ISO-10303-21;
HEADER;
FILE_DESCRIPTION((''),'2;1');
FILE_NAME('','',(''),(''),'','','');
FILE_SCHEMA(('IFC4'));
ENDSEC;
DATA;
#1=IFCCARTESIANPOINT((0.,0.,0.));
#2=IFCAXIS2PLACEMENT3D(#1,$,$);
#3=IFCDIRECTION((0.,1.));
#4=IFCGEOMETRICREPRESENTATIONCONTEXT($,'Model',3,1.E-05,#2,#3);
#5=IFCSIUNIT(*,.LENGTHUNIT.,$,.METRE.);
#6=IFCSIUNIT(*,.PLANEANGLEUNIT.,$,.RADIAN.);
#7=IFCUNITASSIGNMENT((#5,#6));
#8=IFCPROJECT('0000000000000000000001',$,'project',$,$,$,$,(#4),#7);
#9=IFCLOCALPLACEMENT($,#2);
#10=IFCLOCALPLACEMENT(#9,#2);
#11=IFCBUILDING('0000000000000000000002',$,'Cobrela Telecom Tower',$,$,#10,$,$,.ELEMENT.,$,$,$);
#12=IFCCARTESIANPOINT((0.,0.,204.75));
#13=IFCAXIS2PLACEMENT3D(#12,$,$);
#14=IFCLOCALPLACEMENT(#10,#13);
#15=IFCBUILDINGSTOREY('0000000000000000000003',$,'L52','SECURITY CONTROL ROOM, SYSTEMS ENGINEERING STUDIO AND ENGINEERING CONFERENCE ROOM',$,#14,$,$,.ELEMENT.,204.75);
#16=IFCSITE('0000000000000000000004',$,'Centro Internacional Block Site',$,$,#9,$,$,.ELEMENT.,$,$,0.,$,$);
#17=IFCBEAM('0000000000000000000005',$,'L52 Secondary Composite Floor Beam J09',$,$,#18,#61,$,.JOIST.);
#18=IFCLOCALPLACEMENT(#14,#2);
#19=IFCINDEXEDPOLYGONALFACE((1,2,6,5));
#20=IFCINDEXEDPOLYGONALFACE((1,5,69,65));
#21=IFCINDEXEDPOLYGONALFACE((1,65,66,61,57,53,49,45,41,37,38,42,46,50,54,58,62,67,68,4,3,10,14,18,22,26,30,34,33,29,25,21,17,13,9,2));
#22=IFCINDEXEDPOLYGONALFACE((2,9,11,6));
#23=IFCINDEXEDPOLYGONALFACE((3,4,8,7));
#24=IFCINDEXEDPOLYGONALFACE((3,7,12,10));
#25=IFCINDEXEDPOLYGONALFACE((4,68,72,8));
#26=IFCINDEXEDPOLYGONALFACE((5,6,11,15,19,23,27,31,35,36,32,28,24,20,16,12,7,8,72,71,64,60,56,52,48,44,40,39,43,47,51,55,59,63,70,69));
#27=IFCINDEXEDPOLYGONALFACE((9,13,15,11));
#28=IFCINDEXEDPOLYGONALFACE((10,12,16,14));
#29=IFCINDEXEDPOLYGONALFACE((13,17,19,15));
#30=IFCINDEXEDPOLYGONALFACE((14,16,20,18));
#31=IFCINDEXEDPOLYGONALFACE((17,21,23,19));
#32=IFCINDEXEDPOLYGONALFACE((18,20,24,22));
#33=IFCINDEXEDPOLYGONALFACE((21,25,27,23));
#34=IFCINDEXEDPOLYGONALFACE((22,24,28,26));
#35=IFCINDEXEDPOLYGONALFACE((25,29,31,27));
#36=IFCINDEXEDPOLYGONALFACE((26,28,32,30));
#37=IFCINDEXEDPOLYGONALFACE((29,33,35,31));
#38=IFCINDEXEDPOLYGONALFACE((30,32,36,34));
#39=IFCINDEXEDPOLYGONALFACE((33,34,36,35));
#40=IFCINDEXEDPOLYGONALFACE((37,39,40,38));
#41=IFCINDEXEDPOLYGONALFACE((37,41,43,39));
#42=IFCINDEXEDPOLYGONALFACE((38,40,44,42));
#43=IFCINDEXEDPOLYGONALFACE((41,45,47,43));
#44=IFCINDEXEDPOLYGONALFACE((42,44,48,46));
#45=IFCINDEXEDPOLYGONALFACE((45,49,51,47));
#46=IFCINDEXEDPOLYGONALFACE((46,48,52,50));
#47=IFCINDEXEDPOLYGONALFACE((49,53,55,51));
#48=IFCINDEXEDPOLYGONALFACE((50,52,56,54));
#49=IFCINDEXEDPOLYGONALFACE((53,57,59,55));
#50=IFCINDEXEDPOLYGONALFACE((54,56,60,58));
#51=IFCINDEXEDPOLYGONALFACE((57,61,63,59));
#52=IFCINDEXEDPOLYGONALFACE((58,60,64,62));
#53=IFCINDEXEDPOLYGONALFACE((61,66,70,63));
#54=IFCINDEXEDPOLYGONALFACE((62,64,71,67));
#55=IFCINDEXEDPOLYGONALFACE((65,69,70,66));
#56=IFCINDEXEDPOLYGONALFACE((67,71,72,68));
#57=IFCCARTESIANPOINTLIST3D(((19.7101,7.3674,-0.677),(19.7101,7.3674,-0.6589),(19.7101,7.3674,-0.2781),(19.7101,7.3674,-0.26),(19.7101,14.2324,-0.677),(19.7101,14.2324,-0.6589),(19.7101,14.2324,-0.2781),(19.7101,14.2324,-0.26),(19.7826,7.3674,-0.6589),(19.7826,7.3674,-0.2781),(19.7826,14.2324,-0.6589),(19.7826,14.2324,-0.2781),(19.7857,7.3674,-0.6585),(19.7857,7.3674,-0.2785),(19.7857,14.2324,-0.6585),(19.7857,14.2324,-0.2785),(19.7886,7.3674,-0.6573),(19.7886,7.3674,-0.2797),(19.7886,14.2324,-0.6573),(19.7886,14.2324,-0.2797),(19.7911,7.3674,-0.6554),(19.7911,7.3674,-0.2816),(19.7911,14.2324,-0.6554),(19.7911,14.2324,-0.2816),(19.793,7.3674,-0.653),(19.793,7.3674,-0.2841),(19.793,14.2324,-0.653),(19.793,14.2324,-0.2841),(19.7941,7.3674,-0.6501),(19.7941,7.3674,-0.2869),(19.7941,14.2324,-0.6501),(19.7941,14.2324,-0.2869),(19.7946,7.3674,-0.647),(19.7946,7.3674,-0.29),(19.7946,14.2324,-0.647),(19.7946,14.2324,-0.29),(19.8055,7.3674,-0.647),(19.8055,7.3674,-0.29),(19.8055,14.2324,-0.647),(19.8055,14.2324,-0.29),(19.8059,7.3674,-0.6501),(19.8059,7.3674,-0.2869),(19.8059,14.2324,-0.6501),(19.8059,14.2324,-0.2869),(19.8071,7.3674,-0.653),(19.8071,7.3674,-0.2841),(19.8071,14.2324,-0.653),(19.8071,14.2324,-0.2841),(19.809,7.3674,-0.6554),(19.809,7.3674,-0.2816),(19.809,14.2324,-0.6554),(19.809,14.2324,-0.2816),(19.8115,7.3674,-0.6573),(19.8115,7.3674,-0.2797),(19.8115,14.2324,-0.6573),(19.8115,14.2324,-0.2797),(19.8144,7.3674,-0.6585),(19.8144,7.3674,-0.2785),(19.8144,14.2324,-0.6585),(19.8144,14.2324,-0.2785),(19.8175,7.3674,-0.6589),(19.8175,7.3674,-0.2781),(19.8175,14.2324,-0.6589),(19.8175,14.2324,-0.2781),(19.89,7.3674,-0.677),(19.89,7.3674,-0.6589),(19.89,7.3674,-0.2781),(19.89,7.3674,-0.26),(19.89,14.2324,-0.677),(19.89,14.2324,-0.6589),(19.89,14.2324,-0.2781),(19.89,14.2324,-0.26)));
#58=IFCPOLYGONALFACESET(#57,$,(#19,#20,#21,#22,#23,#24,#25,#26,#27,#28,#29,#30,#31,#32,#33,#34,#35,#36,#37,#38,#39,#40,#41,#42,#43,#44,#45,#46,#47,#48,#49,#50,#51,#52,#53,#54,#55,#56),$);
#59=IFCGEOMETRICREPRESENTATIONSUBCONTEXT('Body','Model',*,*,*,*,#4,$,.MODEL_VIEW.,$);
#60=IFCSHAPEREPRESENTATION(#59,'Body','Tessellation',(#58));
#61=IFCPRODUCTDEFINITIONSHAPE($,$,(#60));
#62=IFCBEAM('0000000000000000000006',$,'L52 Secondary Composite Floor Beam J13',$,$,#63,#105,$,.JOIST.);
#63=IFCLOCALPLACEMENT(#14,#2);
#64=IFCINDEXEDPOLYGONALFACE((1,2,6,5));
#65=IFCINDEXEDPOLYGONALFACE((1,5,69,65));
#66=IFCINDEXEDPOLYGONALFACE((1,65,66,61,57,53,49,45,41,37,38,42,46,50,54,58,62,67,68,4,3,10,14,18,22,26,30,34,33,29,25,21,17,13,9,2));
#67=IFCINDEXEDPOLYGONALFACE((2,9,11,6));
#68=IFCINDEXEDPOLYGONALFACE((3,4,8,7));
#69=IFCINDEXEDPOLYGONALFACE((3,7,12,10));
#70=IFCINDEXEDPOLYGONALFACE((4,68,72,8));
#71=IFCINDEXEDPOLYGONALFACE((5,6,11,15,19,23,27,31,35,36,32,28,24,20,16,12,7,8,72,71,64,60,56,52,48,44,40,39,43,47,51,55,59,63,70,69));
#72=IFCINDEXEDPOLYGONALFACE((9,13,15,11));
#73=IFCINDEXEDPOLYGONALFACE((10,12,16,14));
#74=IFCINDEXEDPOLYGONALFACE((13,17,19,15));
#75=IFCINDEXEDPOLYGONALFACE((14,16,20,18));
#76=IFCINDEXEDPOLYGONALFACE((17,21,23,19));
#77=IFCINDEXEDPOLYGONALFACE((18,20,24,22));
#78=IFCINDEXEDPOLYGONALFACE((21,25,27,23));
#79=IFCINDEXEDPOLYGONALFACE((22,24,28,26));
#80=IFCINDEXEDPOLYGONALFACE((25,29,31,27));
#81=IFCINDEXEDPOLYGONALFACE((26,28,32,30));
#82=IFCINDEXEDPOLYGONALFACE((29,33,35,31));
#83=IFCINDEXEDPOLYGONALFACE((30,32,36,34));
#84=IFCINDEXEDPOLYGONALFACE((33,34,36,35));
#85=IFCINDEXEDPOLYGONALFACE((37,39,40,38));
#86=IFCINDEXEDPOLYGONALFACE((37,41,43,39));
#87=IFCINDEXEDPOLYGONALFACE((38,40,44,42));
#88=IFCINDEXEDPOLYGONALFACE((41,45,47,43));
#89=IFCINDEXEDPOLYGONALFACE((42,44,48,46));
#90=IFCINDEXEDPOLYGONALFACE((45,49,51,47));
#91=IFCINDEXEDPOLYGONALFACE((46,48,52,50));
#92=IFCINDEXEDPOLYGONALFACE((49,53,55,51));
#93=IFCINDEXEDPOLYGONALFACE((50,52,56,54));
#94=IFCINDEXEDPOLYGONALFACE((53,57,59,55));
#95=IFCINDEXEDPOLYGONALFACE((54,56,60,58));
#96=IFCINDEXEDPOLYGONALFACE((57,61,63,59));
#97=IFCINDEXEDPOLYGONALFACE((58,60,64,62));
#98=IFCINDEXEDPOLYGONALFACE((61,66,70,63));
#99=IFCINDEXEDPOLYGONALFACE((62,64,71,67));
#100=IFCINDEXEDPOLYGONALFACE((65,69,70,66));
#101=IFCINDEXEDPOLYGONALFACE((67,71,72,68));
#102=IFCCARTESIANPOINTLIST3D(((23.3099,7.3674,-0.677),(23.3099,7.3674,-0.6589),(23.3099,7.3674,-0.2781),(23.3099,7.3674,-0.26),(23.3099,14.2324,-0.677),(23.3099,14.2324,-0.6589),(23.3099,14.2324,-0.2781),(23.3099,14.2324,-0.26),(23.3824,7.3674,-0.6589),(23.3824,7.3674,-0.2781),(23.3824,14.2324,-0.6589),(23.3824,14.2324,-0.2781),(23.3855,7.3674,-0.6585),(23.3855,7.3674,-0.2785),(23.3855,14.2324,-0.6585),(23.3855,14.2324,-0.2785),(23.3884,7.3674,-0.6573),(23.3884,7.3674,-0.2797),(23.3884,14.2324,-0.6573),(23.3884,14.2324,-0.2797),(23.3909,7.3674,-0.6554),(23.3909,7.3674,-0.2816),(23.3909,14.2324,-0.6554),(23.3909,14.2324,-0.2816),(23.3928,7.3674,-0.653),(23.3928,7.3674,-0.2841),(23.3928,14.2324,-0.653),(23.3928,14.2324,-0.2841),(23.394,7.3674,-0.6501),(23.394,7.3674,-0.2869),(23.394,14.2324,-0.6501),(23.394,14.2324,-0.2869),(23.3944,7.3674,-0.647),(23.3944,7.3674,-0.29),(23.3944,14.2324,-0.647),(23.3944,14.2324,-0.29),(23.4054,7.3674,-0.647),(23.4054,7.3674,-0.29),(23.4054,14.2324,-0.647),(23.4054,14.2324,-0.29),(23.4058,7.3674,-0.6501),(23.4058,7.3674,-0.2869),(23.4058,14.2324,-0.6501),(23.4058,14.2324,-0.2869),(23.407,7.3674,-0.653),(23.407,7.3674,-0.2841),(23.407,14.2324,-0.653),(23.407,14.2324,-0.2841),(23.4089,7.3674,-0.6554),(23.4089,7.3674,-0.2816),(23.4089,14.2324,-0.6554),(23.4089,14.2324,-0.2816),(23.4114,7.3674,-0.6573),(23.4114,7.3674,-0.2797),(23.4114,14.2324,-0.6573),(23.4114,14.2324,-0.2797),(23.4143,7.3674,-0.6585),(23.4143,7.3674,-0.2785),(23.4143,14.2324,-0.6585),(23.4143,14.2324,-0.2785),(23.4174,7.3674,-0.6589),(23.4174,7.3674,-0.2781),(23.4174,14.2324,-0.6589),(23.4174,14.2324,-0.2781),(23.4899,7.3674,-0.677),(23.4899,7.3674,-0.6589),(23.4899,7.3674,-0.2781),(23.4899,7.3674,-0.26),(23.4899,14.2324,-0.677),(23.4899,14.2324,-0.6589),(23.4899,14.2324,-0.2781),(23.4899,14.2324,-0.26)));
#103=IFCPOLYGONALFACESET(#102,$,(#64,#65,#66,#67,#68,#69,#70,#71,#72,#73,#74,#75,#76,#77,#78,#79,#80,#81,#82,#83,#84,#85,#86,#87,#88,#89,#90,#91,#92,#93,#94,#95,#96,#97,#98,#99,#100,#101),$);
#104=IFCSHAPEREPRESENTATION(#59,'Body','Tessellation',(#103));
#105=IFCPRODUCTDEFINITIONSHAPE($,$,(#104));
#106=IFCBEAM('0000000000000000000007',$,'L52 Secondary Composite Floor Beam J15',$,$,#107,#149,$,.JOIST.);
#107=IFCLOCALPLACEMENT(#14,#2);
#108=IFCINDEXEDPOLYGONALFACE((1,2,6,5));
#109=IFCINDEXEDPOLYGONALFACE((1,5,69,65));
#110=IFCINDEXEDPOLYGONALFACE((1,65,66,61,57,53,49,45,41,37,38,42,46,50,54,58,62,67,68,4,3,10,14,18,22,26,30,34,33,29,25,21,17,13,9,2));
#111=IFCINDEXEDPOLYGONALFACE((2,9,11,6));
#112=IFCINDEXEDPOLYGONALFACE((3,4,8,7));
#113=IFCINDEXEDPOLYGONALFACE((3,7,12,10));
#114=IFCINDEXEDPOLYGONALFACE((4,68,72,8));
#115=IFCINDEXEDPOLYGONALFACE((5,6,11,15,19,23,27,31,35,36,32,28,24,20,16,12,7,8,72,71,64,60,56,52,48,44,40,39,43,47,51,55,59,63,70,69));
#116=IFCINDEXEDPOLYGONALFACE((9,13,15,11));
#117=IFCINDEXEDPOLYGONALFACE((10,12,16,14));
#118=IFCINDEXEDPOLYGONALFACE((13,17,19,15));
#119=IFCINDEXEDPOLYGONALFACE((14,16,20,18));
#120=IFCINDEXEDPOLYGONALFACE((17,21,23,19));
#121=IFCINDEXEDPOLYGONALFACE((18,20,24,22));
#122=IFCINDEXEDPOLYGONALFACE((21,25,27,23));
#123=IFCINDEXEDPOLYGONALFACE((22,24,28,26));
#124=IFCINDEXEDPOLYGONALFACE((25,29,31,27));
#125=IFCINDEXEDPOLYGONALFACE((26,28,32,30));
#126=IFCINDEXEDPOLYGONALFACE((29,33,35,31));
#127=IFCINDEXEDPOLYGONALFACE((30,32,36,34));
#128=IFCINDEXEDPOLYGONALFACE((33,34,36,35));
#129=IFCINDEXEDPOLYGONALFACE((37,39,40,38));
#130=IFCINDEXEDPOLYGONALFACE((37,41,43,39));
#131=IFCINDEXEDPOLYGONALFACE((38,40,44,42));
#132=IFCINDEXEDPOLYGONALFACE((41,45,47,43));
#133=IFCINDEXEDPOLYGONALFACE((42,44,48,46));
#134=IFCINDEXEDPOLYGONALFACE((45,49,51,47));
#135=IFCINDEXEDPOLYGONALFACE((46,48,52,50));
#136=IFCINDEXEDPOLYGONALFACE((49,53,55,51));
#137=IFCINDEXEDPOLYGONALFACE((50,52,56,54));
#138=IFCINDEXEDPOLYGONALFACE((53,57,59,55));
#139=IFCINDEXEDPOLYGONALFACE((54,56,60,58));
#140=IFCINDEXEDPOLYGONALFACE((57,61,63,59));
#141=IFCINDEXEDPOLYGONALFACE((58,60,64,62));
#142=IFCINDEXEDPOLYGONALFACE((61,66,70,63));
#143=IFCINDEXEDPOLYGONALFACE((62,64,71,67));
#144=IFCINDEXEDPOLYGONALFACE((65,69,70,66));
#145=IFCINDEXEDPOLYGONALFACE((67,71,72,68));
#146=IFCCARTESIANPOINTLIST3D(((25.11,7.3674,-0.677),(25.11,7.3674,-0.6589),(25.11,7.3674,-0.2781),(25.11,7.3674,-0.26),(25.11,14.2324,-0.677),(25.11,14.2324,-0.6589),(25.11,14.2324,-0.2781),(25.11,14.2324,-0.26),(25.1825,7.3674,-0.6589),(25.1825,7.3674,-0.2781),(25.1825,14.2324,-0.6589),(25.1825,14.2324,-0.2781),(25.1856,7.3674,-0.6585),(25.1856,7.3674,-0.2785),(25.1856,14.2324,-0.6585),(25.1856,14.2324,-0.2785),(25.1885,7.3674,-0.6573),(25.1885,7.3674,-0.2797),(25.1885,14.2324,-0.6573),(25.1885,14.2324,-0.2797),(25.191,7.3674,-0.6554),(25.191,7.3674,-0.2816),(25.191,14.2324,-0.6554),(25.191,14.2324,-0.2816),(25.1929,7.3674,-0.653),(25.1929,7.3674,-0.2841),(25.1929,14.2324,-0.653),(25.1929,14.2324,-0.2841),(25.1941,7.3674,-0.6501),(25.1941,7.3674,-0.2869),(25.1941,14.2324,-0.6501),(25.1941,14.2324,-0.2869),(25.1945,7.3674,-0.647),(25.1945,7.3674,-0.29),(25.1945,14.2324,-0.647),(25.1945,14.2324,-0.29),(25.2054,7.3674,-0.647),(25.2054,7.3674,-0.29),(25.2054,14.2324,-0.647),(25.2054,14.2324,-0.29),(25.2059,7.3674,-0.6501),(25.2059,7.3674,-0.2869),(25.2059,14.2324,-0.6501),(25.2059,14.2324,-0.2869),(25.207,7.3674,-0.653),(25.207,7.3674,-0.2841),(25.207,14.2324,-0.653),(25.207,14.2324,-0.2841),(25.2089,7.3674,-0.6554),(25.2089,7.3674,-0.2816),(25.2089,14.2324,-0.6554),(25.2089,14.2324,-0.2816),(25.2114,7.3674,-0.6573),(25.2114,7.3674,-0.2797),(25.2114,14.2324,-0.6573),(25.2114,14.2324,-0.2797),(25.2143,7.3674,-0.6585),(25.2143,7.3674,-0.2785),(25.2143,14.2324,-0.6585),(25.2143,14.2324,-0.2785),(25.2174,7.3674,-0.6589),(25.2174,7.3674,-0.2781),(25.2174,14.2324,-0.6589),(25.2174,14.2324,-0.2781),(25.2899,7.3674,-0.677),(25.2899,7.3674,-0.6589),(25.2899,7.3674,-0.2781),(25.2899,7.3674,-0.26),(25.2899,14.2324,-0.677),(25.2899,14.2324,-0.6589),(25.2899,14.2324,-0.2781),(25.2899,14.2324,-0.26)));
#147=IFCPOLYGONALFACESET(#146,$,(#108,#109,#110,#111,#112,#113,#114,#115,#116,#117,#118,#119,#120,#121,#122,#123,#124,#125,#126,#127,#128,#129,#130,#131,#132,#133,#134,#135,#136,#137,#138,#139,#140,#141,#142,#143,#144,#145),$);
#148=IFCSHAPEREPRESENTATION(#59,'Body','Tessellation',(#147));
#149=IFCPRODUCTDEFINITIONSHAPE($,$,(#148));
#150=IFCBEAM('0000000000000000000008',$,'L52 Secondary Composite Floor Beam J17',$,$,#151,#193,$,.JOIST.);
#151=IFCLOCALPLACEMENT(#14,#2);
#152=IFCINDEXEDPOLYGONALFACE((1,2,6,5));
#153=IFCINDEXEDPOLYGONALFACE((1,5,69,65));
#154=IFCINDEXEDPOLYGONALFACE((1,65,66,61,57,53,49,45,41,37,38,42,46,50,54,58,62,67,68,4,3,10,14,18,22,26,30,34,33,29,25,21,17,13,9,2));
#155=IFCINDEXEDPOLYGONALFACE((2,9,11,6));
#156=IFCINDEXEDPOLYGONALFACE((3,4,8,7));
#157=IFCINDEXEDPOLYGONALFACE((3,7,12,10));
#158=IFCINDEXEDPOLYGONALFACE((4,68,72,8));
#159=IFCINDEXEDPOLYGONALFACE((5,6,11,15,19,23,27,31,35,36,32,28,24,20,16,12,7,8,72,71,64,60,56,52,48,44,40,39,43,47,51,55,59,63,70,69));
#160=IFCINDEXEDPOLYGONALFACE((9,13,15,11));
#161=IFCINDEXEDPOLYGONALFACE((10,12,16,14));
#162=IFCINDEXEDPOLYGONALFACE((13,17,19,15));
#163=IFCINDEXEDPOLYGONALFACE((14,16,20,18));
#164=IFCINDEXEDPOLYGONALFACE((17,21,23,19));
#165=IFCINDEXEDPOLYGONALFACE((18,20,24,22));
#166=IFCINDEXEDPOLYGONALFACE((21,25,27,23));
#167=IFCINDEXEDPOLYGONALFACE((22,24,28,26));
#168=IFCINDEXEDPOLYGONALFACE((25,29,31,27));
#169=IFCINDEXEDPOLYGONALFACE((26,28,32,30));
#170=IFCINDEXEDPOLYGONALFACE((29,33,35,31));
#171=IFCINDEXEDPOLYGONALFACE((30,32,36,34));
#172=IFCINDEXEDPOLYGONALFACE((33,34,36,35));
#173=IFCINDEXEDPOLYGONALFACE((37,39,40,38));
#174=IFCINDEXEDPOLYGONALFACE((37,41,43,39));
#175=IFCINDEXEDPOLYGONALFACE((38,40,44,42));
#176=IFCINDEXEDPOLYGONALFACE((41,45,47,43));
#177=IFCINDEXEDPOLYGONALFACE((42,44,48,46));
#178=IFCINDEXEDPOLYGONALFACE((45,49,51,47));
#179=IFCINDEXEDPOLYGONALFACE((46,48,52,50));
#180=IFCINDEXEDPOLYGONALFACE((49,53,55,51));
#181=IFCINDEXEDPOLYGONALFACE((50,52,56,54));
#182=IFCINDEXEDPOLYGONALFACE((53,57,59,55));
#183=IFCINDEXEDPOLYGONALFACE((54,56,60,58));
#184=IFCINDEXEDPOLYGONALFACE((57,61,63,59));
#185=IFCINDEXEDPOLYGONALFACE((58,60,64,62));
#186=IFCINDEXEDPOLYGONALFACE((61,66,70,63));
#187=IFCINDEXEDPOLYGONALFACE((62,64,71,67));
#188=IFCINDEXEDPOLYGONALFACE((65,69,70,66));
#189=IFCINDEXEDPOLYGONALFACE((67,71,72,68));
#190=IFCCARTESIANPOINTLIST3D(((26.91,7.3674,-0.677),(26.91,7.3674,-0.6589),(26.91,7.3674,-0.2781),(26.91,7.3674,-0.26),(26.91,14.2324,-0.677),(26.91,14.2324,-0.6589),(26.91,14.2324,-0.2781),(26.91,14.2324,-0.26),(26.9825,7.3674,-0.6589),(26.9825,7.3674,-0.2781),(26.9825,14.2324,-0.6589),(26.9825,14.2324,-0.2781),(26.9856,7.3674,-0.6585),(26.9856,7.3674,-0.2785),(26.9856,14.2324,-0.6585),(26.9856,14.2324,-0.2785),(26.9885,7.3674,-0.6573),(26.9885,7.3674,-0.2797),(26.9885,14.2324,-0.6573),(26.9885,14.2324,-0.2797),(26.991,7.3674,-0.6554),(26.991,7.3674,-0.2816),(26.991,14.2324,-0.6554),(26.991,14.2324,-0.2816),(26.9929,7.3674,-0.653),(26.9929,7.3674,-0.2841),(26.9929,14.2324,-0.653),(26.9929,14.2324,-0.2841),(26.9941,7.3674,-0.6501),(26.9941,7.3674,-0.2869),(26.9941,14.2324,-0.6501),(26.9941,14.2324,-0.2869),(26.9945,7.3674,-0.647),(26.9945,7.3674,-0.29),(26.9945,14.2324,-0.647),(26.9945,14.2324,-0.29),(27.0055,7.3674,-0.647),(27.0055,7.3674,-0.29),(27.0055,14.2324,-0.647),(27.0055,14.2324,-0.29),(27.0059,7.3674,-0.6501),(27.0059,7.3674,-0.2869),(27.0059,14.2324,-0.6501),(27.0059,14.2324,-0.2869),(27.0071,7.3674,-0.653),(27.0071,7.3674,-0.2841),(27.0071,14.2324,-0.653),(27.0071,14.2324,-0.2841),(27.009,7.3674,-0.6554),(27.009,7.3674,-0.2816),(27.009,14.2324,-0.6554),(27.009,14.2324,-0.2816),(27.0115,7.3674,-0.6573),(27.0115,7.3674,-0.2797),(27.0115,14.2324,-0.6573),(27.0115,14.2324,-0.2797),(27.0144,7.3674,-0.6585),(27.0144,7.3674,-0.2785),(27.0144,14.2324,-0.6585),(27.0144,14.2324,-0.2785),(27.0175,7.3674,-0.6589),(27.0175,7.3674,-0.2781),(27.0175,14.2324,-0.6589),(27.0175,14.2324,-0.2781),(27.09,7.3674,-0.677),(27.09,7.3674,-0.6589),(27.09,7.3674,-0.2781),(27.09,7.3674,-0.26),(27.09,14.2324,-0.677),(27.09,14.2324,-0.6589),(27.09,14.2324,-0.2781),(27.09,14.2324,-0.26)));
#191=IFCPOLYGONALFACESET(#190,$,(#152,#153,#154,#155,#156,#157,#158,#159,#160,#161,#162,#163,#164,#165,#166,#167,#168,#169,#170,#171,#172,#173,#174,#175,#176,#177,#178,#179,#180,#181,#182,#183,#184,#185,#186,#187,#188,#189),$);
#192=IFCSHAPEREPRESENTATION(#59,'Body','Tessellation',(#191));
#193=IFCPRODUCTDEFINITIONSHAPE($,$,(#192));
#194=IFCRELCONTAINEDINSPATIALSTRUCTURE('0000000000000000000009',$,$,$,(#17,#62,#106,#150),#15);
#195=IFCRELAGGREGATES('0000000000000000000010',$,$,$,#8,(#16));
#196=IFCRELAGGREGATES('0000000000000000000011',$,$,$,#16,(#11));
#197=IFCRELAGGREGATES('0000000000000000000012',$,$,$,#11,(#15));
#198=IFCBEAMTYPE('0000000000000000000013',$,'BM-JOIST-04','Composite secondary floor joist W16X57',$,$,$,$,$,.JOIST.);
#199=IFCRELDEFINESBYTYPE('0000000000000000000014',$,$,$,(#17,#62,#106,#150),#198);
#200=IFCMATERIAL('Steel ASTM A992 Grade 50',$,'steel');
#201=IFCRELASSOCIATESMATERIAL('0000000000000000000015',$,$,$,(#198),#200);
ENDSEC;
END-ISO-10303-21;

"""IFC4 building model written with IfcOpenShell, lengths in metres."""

from ifc_helpers import new_model, si_unit, direction, frame, origin, origin_2d, place, context, subcontext, project, spatial, i_section, extrude, material, material_profile, profile_set, type_object, element, save


model = new_model("IFC4")

# Units and contexts
model_context = context("Model", 3, precision=1e-05, world=origin(), true_north=direction((0.0, 1.0)))
body_context = subcontext(model_context, "Body", "Model", "MODEL_VIEW")
ifc_project = project(units=[si_unit("LENGTHUNIT", "METRE"), si_unit("PLANEANGLEUNIT", "RADIAN")], contexts=[model_context])

# Site, building, storey
site_placement = place(None, origin())
site = spatial("IfcSite", under=ifc_project, at=site_placement, Name="Centro Internacional Block Site", CompositionType="ELEMENT", RefElevation=0.0)
building_placement = place(site_placement, origin())
building = spatial("IfcBuilding", under=site, at=building_placement, Name="Cobrela Telecom Tower", CompositionType="ELEMENT")
storey_placement = place(building_placement, frame((0.0, 0.0, 204.75)))
storey = spatial("IfcBuildingStorey", under=building, at=storey_placement, Name="L52", Description="SECURITY CONTROL ROOM, SYSTEMS ENGINEERING STUDIO AND ENGINEERING CONFERENCE ROOM", CompositionType="ELEMENT", Elevation=204.75)

# Shared definitions
ifc_material_1 = material(Name="Steel ASTM A992 Grade 50", Category="steel")

# Beams
ifc_material_profile_1 = material_profile(ifc_material_1, i_section(OverallWidth=0.1799, OverallDepth=0.417, WebThickness=0.011, FlangeThickness=0.0181, FilletRadius=0.012, at=origin_2d()), Name="W16X57")
ifc_profile_set_1 = profile_set([ifc_material_profile_1], Name="Steel ASTM A992 Grade 50")
beam_type_1 = type_object("IfcBeamType", Name="BM-JOIST-04", Description="Composite secondary floor joist W16X57", PredefinedType="JOIST", material=ifc_profile_set_1)
for number, where, z_axis, x_axis, name in (
    (1, (19.8, 7.3674, -0.4685), (0.0, 1.0, 0.0), (-1.0, 0.0, 0.0), "L52 Secondary Composite Floor Beam J09"),
    (2, (23.3999, 7.3674, -0.4685), (0.0, 1.0, 0.0), (-1.0, 0.0, 0.0), "L52 Secondary Composite Floor Beam J13"),
    (3, (25.2, 7.3674, -0.4685), (0.0, 1.0, 0.0), (-1.0, 0.0, 0.0), "L52 Secondary Composite Floor Beam J15"),
    (4, (27.0, 7.3674, -0.4685), (0.0, 1.0, 0.0), (-1.0, 0.0, 0.0), "L52 Secondary Composite Floor Beam J17"),
):
    element("IfcBeam", number, at=place(storey_placement, frame(where, z_axis=z_axis, x_axis=x_axis)), inside=storey, type_object=beam_type_1, Name=name, PredefinedType="JOIST", context=body_context, shape_type="SweptSolid", body=[
        extrude(i_section(OverallWidth=0.1799, OverallDepth=0.417, WebThickness=0.011, FlangeThickness=0.0181, FilletRadius=0.012, at=origin_2d()), origin(), (0.0, 0.0, 1.0), 6.865),
    ])

save(model, "model.ifc")
